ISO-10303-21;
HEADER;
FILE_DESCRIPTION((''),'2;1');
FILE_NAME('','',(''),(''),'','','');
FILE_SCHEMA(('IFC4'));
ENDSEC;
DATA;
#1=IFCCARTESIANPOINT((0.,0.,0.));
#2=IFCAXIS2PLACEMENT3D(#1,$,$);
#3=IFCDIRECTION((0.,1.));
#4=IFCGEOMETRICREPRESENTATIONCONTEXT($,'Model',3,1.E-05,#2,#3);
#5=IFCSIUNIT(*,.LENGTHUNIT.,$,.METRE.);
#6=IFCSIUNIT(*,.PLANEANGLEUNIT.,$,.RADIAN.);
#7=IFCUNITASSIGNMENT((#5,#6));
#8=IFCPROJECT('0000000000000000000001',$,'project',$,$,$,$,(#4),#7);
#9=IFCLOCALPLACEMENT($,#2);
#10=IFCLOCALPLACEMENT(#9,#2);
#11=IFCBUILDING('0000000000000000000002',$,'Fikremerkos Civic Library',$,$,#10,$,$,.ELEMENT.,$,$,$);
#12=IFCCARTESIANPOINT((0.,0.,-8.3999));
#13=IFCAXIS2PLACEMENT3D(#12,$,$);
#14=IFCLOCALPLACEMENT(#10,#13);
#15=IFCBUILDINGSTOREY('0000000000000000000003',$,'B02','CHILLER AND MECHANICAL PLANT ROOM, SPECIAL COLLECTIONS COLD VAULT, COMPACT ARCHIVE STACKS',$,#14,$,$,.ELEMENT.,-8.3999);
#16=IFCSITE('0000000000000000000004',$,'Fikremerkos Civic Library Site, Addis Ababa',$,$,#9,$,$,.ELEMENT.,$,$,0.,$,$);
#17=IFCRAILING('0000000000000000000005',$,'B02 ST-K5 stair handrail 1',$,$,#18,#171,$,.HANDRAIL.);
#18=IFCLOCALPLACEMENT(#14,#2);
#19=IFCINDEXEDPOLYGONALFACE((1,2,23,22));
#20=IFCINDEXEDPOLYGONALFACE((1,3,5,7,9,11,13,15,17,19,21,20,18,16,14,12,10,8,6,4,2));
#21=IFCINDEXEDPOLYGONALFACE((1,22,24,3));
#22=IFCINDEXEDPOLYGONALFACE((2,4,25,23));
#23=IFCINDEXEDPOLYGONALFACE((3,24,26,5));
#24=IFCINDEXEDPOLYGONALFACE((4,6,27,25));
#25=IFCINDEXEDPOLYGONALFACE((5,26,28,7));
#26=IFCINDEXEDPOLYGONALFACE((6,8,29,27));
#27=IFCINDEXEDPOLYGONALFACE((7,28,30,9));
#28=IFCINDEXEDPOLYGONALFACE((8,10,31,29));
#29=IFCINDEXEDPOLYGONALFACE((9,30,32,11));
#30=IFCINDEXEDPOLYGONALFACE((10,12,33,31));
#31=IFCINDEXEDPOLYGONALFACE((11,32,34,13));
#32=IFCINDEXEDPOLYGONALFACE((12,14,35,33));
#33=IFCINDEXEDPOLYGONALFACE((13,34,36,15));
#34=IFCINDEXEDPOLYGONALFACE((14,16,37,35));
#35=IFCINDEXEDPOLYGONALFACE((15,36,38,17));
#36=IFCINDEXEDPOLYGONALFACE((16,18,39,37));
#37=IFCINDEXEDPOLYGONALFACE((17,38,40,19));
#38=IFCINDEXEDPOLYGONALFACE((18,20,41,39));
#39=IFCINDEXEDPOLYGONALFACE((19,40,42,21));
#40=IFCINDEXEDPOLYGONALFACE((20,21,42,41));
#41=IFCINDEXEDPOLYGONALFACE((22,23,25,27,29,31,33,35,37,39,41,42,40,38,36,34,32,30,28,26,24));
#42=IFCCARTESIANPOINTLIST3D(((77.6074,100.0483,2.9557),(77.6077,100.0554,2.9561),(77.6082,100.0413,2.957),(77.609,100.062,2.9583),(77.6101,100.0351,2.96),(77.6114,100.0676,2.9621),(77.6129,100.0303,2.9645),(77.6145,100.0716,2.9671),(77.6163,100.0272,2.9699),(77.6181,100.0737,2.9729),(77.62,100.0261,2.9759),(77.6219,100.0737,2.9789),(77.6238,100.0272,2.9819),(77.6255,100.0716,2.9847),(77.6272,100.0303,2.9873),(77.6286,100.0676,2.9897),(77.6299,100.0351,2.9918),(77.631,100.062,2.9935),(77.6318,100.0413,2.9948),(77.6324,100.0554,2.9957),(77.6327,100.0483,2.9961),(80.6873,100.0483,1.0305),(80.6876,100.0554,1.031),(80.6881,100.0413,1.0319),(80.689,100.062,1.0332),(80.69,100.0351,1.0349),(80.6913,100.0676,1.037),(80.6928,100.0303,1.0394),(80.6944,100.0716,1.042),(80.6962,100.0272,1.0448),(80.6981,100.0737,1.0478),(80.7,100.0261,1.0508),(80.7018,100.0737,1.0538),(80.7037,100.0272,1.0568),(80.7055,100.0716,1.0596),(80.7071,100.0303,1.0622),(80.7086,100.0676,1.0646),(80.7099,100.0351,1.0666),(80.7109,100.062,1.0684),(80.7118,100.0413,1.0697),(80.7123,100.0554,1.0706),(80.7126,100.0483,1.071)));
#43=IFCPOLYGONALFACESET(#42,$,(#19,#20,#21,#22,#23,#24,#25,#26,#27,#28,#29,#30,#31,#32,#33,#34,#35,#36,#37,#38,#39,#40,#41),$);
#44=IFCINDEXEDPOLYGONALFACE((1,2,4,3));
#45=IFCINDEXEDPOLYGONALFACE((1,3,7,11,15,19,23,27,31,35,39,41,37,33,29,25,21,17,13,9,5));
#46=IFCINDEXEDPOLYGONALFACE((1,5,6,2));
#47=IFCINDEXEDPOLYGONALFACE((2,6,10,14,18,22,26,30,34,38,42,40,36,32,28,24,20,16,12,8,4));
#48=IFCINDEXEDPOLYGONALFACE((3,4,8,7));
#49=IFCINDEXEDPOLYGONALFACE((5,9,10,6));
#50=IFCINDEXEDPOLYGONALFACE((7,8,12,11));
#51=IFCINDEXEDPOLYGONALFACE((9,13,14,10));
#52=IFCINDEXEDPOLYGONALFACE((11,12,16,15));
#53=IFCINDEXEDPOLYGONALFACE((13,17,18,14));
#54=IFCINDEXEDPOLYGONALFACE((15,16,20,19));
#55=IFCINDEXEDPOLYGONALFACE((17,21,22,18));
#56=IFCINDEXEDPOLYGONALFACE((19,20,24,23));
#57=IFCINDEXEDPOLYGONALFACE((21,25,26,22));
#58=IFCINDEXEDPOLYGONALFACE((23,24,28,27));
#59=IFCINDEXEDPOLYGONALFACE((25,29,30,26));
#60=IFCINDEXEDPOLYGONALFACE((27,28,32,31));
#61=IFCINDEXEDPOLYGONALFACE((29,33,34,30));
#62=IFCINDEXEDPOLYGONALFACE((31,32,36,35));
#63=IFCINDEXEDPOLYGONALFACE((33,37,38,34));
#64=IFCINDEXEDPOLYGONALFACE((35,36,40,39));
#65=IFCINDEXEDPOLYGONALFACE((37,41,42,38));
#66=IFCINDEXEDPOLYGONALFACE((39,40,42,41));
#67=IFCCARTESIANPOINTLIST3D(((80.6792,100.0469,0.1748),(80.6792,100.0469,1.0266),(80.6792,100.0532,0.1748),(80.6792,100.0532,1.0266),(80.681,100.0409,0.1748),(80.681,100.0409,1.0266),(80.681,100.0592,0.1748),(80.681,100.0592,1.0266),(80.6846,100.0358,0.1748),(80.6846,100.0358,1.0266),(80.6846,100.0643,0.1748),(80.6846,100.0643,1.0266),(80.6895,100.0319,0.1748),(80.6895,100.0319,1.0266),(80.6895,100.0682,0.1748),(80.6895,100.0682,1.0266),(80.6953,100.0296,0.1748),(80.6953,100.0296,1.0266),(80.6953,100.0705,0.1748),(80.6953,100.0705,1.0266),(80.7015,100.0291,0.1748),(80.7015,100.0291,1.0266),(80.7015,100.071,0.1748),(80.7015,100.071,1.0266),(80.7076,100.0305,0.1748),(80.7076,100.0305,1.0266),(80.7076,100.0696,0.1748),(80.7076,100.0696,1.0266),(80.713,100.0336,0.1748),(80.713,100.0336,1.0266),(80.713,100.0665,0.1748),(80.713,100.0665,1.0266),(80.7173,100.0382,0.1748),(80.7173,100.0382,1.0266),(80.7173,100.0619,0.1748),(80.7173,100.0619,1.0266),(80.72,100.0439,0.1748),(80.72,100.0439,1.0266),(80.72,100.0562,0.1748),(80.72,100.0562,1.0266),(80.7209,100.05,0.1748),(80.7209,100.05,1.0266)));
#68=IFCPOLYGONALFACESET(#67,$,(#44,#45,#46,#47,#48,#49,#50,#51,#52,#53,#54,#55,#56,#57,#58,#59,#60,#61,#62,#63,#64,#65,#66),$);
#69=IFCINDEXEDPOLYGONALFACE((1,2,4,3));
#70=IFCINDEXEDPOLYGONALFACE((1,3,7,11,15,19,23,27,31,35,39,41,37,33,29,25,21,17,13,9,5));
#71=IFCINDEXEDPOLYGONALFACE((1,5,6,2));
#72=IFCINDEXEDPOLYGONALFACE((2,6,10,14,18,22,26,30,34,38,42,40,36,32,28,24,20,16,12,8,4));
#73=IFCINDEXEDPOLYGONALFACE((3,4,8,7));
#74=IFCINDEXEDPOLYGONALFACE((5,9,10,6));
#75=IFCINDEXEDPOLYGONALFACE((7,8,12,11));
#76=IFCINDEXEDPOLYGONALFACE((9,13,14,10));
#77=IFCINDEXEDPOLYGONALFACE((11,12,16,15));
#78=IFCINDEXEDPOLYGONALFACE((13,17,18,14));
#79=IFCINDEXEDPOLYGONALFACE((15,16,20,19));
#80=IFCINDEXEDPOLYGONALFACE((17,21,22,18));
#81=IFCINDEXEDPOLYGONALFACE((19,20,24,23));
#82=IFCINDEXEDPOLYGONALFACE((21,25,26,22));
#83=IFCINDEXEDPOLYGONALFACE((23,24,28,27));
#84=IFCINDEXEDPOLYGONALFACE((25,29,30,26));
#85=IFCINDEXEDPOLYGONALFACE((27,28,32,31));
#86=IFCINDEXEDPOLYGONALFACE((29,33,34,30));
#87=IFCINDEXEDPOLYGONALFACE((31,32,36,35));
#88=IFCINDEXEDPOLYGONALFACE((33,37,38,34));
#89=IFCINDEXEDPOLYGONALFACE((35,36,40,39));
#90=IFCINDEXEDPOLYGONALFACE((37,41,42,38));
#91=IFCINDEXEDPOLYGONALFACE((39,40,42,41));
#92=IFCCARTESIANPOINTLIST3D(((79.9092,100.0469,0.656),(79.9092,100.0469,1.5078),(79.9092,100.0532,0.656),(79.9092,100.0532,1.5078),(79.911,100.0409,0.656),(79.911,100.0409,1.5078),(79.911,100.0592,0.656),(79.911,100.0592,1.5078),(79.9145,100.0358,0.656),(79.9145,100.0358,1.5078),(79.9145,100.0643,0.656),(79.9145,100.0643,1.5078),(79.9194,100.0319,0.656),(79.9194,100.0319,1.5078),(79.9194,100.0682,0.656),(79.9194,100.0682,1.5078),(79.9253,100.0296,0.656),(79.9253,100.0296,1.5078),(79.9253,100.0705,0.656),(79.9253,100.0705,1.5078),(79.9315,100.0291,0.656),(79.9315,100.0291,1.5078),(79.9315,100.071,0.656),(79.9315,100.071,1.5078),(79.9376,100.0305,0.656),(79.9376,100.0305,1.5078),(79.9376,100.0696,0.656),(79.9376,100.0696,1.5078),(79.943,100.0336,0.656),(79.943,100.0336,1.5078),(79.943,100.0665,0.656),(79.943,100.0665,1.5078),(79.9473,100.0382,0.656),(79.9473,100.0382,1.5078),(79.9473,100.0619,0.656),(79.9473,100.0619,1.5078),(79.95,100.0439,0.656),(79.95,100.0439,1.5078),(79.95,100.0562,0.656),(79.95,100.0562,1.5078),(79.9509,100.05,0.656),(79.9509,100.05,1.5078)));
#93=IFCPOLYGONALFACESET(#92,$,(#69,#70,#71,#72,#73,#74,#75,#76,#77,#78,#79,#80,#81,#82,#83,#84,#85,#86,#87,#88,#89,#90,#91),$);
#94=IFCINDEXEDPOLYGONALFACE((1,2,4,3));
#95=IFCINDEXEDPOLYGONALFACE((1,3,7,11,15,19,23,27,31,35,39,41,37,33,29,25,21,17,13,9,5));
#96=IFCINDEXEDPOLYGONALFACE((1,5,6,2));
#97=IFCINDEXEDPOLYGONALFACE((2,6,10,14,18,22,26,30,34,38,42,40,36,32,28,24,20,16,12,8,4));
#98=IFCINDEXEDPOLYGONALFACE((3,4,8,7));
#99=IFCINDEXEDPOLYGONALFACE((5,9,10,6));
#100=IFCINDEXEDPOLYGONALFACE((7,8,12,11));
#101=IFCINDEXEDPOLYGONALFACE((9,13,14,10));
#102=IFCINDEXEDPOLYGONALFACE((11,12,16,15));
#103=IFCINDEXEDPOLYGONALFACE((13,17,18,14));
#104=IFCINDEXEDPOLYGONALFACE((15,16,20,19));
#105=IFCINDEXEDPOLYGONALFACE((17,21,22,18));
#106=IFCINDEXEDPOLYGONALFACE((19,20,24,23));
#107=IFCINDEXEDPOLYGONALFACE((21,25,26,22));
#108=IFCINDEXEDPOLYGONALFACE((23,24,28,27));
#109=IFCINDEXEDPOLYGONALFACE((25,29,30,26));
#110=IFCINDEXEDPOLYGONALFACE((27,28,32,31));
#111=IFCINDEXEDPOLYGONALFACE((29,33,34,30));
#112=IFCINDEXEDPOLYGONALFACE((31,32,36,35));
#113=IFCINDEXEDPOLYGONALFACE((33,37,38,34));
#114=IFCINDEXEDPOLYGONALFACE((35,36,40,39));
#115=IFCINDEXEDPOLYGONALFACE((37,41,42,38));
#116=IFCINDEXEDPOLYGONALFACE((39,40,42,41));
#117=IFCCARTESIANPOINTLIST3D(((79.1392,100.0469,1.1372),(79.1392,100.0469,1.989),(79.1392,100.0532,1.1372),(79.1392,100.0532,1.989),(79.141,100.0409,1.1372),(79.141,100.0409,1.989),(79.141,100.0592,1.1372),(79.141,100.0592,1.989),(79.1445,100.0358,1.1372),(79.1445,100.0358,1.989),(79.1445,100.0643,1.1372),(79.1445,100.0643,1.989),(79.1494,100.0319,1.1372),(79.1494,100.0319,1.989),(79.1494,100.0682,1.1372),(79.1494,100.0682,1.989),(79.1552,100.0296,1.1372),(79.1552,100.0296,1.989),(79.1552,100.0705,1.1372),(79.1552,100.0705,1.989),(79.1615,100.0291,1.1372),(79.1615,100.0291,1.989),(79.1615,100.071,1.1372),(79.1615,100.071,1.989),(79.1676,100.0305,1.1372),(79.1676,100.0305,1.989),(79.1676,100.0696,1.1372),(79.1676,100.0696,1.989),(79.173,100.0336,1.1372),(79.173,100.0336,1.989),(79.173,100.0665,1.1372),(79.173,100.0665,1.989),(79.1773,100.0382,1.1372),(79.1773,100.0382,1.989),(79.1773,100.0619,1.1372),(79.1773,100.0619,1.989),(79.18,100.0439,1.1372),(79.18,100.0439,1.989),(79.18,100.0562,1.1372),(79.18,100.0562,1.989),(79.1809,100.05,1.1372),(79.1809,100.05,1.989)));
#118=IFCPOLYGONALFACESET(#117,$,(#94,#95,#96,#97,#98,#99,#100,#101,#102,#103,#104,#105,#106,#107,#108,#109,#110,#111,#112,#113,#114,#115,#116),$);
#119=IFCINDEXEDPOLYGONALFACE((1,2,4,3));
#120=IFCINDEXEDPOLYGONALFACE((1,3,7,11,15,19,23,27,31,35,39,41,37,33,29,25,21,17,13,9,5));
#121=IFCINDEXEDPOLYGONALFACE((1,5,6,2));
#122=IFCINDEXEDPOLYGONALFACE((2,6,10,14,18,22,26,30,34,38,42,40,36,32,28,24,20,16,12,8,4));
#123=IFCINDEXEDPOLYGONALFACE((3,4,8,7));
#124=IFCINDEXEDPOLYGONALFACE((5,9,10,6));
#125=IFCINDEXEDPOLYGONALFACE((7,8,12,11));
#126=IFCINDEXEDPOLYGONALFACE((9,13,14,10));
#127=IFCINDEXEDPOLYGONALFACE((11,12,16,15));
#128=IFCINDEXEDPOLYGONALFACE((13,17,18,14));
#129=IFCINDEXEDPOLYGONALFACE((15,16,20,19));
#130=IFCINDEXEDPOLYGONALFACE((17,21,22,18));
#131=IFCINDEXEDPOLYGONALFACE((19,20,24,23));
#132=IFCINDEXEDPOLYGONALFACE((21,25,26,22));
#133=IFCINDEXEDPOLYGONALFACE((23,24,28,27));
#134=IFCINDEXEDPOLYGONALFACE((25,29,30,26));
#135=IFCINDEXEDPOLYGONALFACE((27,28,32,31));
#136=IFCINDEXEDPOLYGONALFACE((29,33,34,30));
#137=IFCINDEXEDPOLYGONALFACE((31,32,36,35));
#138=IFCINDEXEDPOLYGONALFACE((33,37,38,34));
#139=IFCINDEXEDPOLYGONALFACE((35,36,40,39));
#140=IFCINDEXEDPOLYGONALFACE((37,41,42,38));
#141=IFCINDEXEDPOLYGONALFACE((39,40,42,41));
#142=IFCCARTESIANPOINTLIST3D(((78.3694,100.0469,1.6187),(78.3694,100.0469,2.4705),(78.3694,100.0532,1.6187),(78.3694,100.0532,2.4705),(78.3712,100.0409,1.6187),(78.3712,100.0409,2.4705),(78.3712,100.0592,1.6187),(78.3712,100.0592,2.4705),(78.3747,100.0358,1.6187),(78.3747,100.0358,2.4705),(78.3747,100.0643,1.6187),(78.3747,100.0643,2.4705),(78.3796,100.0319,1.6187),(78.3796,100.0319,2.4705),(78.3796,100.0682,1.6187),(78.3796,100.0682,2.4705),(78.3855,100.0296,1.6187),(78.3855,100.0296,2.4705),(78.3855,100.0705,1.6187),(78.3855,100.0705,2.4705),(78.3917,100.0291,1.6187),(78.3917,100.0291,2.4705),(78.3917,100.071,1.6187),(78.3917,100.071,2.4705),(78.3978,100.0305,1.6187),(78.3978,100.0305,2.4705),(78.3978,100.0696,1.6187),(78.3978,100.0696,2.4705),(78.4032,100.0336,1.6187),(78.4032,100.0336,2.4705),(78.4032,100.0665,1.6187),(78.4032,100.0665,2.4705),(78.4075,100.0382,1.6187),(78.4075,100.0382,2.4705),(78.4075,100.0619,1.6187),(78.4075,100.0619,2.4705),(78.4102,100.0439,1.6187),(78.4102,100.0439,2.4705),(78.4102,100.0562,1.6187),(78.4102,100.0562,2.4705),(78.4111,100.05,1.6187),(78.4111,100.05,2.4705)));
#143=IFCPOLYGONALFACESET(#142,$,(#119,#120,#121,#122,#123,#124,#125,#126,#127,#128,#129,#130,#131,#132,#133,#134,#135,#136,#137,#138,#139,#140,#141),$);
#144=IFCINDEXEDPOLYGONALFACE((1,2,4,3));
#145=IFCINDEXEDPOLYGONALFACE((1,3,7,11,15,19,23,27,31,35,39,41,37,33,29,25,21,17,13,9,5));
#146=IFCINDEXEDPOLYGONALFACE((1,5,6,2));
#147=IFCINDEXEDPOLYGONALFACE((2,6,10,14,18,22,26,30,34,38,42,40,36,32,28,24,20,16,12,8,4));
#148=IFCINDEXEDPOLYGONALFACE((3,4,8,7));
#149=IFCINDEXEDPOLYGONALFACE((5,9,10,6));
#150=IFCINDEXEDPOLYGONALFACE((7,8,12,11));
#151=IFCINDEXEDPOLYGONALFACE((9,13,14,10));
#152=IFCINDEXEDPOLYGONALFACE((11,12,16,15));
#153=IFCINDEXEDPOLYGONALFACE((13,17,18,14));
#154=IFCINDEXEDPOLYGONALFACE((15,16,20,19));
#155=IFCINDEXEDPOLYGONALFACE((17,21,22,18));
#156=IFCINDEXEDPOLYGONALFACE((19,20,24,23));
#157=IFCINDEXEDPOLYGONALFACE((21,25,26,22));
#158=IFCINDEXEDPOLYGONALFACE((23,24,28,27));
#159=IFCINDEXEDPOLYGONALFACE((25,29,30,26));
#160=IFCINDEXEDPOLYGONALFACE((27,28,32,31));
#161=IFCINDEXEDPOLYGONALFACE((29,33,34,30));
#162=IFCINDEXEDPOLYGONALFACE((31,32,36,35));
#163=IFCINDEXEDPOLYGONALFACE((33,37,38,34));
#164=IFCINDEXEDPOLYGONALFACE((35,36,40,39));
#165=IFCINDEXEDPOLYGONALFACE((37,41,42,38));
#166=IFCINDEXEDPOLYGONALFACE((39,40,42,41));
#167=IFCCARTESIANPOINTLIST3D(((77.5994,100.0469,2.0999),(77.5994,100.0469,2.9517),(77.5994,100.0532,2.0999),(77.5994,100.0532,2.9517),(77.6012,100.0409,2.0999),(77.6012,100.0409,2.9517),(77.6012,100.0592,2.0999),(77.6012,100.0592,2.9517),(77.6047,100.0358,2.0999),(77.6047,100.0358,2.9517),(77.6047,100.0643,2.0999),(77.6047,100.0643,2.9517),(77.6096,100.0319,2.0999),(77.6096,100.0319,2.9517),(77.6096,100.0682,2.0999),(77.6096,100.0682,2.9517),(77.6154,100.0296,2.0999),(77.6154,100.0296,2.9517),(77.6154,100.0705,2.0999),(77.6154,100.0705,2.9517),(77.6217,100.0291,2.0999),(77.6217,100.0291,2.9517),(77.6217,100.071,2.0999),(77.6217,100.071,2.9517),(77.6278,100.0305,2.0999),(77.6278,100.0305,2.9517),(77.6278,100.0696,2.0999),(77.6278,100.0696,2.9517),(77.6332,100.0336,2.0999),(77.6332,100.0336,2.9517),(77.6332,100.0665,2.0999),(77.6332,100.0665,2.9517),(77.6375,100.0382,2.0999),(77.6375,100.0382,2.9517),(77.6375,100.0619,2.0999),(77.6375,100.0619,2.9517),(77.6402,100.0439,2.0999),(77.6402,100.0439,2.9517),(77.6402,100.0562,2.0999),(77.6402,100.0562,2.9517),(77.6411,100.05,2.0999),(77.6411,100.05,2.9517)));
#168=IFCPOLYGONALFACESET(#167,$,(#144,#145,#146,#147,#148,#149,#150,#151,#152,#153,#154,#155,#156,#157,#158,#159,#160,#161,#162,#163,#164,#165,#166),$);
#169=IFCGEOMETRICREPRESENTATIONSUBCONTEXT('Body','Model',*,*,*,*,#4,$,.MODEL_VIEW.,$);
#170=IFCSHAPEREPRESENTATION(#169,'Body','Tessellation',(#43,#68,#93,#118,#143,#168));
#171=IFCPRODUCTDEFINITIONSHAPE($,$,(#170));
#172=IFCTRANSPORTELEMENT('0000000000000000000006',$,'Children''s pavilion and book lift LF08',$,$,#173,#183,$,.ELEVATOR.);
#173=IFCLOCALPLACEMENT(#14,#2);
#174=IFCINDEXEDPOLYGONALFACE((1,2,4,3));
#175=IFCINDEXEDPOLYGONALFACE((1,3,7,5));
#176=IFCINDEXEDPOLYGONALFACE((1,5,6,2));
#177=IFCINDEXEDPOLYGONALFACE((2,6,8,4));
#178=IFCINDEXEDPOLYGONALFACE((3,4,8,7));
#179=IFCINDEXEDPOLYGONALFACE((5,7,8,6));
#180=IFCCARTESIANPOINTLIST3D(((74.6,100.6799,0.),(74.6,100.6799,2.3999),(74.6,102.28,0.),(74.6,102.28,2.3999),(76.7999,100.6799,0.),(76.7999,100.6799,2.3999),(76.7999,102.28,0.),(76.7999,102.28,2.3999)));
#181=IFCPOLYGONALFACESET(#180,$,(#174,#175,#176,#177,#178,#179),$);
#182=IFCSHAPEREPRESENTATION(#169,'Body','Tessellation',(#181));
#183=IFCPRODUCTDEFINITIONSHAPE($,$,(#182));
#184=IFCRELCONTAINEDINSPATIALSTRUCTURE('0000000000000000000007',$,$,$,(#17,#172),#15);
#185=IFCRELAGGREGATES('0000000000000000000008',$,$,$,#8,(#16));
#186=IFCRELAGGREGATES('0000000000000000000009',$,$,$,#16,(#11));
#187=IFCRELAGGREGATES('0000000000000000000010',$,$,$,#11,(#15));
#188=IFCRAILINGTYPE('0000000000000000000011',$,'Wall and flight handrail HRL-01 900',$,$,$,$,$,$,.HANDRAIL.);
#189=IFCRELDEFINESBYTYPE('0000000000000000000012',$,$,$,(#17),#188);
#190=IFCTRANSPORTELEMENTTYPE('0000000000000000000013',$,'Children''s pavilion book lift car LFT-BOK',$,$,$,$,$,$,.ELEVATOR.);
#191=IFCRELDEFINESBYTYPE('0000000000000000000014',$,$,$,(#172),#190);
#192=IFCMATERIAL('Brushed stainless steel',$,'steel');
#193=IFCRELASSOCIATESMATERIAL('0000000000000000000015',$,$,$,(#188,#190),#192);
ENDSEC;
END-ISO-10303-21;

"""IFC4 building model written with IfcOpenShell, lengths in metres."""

from ifc_helpers import new_model, si_unit, direction, frame, origin, origin_2d, place, context, subcontext, project, spatial, rectangle, circle, extrude, material, type_object, element, save


model = new_model("IFC4")

# Units and contexts
model_context = context("Model", 3, precision=1e-05, world=origin(), true_north=direction((0.0, 1.0)))
body_context = subcontext(model_context, "Body", "Model", "MODEL_VIEW")
ifc_project = project(units=[si_unit("LENGTHUNIT", "METRE"), si_unit("PLANEANGLEUNIT", "RADIAN")], contexts=[model_context])

# Site, building, storey
site_placement = place(None, origin())
site = spatial("IfcSite", under=ifc_project, at=site_placement, Name="Fikremerkos Civic Library Site, Addis Ababa", CompositionType="ELEMENT", RefElevation=0.0)
building_placement = place(site_placement, origin())
building = spatial("IfcBuilding", under=site, at=building_placement, Name="Fikremerkos Civic Library", CompositionType="ELEMENT")
storey_placement = place(building_placement, frame((0.0, 0.0, -8.3999)))
storey = spatial("IfcBuildingStorey", under=building, at=storey_placement, Name="B02", Description="CHILLER AND MECHANICAL PLANT ROOM, SPECIAL COLLECTIONS COLD VAULT, COMPACT ARCHIVE STACKS", CompositionType="ELEMENT", Elevation=-8.3999)

# Shared definitions
ifc_material_1 = material(Name="Brushed stainless steel", Category="steel")

# Railing
railing_type_1 = type_object("IfcRailingType", Name="Wall and flight handrail HRL-01 900", PredefinedType="HANDRAIL", material=ifc_material_1)
railing_1_placement = place(storey_placement, frame((80.7, 100.05, 0.1748)))
element("IfcRailing", 1, at=railing_1_placement, inside=storey, type_object=railing_type_1, Name="B02 ST-K5 stair handrail 1", PredefinedType="HANDRAIL", context=body_context, shape_type="SweptSolid", body=[
    extrude(circle(Radius=0.0239, at=origin_2d()), frame((0.0, 0.0, 0.876), z_axis=(-0.847979, 0.0, 0.530029), x_axis=(0.0, -1.0, 0.0)), (0.0, 0.0, 1.0), 3.6321),
    extrude(circle(Radius=0.021, at=origin_2d()), origin(), (0.0, 0.0, 1.0), 0.8518),
    extrude(circle(Radius=0.021, at=origin_2d()), frame((-0.77, 0.0, 0.4812)), (0.0, 0.0, 1.0), 0.8518),
    extrude(circle(Radius=0.021, at=origin_2d()), frame((-1.54, 0.0, 0.9624)), (0.0, 0.0, 1.0), 0.8518),
    extrude(circle(Radius=0.021, at=origin_2d()), frame((-2.3098, 0.0, 1.4438)), (0.0, 0.0, 1.0), 0.8518),
    extrude(circle(Radius=0.021, at=origin_2d()), frame((-3.0798, 0.0, 1.925)), (0.0, 0.0, 1.0), 0.8518),
])

# Transport element
transport_element_type = type_object("IfcTransportElementType", Name="Children's pavilion book lift car LFT-BOK", PredefinedType="ELEVATOR", material=ifc_material_1)
transport_element_placement = place(storey_placement, frame((75.7, 101.48, 0.0), z_axis=(0.0, 0.0, 1.0), x_axis=(1.0, 0.0, 0.0)))
element("IfcTransportElement", 2, at=transport_element_placement, inside=storey, type_object=transport_element_type, Name="Children's pavilion and book lift LF08", PredefinedType="ELEVATOR", context=body_context, shape_type="SweptSolid", body=[
    extrude(rectangle(XDim=2.2, YDim=1.6001, at=origin_2d()), origin(), (0.0, 0.0, 1.0), 2.3999),
])

save(model, "model.ifc")
